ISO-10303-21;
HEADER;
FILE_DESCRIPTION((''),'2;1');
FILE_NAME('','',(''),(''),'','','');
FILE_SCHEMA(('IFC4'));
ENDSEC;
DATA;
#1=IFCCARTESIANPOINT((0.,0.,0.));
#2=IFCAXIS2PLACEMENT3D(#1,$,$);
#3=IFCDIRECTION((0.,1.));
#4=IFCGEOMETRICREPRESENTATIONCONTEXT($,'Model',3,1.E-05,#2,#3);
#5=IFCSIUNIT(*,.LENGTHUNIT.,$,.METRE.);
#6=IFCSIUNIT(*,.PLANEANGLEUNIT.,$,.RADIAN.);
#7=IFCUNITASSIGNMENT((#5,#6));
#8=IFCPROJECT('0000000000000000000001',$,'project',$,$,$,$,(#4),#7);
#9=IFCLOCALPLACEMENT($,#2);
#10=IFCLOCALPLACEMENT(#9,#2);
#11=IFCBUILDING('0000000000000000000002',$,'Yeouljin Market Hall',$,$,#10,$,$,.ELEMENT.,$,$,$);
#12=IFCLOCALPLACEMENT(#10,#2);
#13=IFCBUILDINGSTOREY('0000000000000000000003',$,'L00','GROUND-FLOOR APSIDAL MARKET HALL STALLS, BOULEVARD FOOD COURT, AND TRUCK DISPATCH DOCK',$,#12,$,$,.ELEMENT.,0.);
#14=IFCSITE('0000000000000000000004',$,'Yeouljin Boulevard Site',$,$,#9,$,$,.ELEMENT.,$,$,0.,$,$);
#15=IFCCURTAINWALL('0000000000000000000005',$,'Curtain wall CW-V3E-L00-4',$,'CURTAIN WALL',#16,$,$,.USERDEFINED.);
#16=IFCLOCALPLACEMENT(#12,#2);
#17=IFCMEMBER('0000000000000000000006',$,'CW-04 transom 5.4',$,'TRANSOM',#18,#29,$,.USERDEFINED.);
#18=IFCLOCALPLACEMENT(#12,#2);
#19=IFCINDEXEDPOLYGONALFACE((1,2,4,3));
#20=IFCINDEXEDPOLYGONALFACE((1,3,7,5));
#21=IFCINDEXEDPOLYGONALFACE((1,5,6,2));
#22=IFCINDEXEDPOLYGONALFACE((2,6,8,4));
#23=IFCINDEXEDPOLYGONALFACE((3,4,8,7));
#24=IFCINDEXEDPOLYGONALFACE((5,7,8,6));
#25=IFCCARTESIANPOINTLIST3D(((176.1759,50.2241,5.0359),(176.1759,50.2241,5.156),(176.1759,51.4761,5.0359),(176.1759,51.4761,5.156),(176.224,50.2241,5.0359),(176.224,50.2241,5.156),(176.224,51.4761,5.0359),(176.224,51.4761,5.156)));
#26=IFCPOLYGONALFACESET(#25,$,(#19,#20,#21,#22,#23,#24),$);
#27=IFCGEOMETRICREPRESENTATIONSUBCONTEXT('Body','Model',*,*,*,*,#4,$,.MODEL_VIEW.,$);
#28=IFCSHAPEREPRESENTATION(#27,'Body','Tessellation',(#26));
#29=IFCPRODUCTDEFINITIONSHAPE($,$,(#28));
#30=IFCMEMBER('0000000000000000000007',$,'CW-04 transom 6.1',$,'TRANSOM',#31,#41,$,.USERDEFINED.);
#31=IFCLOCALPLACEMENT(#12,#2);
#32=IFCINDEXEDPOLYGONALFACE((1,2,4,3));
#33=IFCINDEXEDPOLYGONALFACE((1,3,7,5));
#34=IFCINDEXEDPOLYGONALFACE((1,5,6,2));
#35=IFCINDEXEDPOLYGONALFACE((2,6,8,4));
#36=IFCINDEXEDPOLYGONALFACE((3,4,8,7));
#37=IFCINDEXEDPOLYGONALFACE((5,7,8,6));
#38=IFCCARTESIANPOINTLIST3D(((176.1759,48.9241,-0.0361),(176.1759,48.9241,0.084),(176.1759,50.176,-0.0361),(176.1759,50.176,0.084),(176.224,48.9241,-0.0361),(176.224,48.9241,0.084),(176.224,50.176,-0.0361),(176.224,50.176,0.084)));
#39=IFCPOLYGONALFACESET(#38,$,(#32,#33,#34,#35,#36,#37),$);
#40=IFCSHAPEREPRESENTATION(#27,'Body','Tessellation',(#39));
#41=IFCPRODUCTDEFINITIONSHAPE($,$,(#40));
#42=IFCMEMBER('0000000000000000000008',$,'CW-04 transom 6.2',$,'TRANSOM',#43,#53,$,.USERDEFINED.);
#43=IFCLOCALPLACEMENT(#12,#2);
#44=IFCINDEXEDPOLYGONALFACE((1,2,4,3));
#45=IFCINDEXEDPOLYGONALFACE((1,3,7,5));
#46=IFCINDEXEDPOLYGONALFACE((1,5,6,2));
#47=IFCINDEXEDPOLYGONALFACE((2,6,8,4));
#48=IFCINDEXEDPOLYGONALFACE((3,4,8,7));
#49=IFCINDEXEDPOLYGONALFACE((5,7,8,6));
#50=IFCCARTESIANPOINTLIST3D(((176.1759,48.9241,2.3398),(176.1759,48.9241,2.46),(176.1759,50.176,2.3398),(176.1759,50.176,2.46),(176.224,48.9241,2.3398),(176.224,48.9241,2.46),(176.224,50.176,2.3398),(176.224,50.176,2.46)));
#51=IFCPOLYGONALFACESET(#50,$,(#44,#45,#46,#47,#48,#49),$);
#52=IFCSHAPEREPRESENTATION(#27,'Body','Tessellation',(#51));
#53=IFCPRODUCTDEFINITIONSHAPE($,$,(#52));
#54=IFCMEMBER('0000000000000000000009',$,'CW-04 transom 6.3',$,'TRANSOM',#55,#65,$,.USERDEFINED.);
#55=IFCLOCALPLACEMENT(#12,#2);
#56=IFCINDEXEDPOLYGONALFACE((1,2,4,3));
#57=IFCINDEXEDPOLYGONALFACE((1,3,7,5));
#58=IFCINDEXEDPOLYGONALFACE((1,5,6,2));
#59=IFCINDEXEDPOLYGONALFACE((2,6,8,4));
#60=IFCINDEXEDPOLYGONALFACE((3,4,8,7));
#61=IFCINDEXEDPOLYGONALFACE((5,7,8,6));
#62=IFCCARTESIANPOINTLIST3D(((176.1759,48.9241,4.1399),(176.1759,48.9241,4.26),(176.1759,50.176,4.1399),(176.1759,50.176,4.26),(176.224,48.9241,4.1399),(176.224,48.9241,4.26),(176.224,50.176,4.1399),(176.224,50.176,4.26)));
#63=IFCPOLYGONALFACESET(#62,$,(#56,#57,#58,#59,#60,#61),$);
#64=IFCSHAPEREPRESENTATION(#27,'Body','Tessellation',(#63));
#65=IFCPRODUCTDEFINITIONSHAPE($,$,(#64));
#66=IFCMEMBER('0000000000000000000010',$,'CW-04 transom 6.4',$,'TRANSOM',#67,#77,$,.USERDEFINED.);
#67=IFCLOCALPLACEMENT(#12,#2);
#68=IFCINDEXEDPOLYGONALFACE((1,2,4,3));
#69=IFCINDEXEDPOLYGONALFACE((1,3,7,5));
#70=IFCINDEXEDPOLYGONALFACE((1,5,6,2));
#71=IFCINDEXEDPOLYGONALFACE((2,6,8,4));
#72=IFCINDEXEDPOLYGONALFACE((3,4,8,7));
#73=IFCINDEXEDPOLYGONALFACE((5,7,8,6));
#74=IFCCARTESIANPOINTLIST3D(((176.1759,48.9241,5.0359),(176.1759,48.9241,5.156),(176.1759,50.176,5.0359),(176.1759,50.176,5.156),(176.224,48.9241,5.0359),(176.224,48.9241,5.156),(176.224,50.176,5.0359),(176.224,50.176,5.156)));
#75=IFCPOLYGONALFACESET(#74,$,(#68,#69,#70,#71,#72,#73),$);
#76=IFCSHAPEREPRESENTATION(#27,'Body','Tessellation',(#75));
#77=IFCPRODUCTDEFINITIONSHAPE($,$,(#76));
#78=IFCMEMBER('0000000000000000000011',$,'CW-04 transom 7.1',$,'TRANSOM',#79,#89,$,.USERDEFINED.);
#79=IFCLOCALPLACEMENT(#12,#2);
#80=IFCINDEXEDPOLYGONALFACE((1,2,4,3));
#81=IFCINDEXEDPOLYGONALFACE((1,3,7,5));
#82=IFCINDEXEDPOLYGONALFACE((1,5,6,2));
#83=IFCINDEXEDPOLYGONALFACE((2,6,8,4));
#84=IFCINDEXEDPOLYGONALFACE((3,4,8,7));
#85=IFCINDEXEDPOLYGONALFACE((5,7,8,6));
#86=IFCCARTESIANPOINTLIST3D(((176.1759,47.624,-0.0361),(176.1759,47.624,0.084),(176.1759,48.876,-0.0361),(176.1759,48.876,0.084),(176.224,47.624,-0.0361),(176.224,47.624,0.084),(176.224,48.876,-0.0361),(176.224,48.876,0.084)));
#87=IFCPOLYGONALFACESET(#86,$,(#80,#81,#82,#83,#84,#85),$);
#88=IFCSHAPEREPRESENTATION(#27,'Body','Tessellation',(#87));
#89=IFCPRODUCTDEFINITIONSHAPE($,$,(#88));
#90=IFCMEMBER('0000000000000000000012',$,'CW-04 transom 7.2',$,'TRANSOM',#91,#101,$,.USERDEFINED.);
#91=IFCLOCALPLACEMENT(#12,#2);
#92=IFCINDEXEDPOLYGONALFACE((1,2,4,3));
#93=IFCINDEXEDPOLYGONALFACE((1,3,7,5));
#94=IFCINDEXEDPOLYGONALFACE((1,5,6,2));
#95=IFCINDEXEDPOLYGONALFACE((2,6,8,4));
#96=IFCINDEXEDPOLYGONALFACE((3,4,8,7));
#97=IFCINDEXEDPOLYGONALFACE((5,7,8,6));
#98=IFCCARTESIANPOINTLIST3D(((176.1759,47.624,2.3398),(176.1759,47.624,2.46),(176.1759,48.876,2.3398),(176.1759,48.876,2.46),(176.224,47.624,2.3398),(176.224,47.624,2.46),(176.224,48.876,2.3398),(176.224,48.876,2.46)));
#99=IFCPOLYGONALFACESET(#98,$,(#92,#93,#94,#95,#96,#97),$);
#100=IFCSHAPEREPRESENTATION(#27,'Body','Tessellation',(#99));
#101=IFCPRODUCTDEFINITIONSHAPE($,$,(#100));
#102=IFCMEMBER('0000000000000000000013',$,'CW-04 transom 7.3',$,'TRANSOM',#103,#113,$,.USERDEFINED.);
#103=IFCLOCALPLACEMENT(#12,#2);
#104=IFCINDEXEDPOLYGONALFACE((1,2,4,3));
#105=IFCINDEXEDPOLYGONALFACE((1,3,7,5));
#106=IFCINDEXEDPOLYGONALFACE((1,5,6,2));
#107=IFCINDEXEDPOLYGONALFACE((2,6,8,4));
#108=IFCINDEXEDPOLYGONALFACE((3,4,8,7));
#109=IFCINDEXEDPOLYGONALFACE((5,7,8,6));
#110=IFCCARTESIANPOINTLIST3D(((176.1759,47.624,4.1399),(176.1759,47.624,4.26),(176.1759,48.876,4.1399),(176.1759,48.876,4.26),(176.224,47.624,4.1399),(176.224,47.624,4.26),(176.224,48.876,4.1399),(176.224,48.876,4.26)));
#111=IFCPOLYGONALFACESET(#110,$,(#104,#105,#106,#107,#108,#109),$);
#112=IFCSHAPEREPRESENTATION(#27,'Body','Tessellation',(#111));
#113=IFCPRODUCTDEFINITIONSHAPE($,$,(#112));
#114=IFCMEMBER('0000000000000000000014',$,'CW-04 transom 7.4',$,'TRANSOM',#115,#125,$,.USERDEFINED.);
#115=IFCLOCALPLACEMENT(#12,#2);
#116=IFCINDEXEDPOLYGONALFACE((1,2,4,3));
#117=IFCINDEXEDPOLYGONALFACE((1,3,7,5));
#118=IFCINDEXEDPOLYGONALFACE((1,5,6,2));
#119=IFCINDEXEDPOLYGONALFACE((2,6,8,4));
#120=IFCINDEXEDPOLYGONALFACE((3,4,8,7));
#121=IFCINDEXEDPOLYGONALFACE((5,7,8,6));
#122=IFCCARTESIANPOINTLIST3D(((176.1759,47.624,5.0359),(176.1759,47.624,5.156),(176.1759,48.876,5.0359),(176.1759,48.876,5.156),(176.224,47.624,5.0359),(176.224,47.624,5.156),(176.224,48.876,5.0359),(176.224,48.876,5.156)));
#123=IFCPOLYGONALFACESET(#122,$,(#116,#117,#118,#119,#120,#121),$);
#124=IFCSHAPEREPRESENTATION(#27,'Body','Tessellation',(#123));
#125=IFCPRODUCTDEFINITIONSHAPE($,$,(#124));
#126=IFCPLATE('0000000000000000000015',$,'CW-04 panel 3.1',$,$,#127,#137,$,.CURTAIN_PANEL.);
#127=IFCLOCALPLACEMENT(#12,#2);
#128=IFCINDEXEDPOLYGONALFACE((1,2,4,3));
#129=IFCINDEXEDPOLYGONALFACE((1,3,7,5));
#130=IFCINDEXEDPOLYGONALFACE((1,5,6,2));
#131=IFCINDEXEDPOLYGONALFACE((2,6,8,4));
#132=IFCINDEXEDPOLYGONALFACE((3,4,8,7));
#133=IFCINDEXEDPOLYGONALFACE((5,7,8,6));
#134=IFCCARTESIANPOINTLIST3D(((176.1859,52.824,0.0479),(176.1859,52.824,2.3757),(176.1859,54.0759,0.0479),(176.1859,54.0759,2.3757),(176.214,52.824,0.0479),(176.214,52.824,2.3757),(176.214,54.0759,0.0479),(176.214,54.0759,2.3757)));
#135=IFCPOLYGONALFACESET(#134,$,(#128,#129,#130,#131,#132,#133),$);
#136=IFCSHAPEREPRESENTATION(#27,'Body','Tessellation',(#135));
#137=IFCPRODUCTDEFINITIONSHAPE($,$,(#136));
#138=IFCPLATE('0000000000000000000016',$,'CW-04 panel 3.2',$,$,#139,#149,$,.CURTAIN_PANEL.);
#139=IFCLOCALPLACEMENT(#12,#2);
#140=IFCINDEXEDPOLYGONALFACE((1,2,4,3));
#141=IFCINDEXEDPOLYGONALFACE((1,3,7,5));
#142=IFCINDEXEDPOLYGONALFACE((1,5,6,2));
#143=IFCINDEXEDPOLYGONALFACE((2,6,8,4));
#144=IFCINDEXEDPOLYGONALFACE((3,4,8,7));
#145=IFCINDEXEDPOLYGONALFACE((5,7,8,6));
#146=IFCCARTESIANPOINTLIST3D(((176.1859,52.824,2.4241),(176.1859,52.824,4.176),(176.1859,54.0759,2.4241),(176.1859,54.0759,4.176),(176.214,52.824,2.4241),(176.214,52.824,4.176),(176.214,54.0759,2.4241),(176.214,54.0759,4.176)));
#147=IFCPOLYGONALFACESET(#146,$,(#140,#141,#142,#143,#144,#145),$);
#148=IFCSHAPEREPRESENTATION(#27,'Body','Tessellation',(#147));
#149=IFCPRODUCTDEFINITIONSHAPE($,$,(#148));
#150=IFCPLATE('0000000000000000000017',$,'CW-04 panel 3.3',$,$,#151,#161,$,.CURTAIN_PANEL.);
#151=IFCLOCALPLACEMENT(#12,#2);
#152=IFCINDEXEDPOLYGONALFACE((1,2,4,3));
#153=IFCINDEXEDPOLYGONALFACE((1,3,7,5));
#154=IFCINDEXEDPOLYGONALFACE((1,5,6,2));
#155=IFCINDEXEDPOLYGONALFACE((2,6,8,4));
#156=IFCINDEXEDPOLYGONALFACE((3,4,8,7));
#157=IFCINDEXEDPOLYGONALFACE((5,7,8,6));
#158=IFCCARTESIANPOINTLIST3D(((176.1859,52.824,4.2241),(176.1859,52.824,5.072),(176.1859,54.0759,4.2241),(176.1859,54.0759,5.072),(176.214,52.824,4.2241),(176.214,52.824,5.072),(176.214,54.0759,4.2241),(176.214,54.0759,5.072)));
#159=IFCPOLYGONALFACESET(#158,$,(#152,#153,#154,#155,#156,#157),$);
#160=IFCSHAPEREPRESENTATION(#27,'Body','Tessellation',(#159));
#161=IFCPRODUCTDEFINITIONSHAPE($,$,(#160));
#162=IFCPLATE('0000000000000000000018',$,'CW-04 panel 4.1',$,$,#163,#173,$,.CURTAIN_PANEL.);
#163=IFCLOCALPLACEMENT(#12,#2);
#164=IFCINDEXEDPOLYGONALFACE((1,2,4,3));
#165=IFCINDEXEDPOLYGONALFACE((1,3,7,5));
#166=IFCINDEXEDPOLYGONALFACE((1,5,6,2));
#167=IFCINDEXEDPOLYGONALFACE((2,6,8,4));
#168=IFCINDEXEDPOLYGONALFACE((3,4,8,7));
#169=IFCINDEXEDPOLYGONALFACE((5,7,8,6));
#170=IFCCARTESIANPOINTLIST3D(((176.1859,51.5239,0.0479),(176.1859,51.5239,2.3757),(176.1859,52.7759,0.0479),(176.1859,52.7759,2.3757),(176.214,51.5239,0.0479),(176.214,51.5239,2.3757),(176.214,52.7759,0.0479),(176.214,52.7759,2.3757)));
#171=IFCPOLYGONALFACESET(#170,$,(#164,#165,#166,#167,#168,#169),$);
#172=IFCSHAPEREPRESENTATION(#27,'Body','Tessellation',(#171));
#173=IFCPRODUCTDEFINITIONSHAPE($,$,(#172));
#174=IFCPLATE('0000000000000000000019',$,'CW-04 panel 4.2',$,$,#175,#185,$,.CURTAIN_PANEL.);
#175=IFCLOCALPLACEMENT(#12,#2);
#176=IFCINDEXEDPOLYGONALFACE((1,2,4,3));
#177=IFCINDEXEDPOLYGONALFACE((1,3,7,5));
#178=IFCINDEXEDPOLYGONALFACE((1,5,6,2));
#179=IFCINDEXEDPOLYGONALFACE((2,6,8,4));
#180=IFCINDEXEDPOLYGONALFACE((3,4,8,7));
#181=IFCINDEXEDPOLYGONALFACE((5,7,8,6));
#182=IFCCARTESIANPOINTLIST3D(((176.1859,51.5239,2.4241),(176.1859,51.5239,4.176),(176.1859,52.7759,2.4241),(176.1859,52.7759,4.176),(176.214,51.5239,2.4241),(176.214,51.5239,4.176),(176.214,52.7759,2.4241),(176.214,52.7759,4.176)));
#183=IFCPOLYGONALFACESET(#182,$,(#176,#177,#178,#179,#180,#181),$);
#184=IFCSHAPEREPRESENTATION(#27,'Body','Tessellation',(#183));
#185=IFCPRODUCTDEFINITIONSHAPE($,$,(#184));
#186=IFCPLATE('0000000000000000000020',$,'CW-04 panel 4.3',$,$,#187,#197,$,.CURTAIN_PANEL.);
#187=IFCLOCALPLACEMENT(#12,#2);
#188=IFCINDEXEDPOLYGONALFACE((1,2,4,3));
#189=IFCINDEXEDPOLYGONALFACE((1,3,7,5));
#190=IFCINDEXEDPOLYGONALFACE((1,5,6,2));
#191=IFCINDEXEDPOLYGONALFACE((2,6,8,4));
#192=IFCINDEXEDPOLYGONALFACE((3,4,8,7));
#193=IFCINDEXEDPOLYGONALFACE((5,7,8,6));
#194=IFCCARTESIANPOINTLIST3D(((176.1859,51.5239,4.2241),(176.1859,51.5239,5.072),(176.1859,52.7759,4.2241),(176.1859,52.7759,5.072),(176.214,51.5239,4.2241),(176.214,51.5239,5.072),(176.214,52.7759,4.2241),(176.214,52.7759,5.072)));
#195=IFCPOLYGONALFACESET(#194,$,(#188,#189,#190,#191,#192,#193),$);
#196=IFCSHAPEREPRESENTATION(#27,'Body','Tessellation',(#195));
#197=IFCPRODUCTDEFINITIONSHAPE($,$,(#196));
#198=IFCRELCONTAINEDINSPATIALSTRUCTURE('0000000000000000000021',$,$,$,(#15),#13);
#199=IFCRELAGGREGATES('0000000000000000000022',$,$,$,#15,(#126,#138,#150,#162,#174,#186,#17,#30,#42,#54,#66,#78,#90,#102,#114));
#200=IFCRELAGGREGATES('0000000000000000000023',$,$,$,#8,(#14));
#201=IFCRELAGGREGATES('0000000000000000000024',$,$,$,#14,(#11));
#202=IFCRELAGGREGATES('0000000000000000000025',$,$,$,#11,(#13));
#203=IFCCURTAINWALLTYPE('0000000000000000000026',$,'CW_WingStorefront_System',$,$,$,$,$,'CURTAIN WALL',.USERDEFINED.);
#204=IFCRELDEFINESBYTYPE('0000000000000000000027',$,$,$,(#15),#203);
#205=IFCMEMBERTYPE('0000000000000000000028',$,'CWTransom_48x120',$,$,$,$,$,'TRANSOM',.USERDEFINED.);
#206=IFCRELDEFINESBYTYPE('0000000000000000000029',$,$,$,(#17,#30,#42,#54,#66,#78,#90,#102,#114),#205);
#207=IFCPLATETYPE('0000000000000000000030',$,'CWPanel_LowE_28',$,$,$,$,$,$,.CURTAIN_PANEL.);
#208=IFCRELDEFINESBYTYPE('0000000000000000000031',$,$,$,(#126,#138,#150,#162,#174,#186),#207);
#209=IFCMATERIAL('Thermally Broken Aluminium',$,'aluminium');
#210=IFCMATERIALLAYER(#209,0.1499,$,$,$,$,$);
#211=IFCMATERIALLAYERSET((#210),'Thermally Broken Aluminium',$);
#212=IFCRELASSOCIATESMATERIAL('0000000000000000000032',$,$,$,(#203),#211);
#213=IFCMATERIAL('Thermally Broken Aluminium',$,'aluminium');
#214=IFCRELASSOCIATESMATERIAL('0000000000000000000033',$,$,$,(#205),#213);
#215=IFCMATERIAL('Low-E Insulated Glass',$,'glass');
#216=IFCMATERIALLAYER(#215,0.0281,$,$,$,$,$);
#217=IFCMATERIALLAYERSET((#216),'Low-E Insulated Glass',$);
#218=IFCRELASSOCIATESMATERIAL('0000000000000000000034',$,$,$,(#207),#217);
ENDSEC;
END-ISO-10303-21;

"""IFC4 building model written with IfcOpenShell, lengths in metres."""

from ifc_helpers import new_model, si_unit, direction, frame, origin, origin_2d, place, context, subcontext, project, spatial, rectangle, extrude, material, layer, layer_set, material_profile, profile_set, type_object, element, aggregate, save


model = new_model("IFC4")

# Units and contexts
model_context = context("Model", 3, precision=1e-05, world=origin(), true_north=direction((0.0, 1.0)))
body_context = subcontext(model_context, "Body", "Model", "MODEL_VIEW")
ifc_project = project(units=[si_unit("LENGTHUNIT", "METRE"), si_unit("PLANEANGLEUNIT", "RADIAN")], contexts=[model_context])

# Site, building, storey
site_placement = place(None, origin())
site = spatial("IfcSite", under=ifc_project, at=site_placement, Name="Yeouljin Boulevard Site", CompositionType="ELEMENT", RefElevation=0.0)
building_placement = place(site_placement, origin())
building = spatial("IfcBuilding", under=site, at=building_placement, Name="Yeouljin Market Hall", CompositionType="ELEMENT")
storey_placement = place(building_placement, origin())
storey = spatial("IfcBuildingStorey", under=building, at=storey_placement, Name="L00", Description="GROUND-FLOOR APSIDAL MARKET HALL STALLS, BOULEVARD FOOD COURT, AND TRUCK DISPATCH DOCK", CompositionType="ELEMENT", Elevation=0.0)

# Curtain wall, members, plates
ifc_material_1 = material(Name="Thermally Broken Aluminium", Category="aluminium")
ifc_layer_1 = layer(ifc_material_1, 0.1499)
ifc_layer_set_1 = layer_set([ifc_layer_1], Name="Thermally Broken Aluminium")
curtain_wall_type = type_object("IfcCurtainWallType", Name="CW_WingStorefront_System", ElementType="CURTAIN WALL", PredefinedType="USERDEFINED", material=ifc_layer_set_1)
curtain_wall_placement = place(storey_placement, origin())
curtain_wall = element("IfcCurtainWall", 1, at=curtain_wall_placement, inside=storey, type_object=curtain_wall_type, Name="Curtain wall CW-V3E-L00-4", ObjectType="CURTAIN WALL", PredefinedType="USERDEFINED")
ifc_material_2 = material(Name="Thermally Broken Aluminium", Category="aluminium")
ifc_material_profile_1 = material_profile(ifc_material_2, rectangle(XDim=0.0481, YDim=0.1201, at=origin_2d()), Name="CW-TRAN-48x120")
ifc_profile_set_1 = profile_set([ifc_material_profile_1], Name="Thermally Broken Aluminium")
member_type_1 = type_object("IfcMemberType", Name="CWTransom_48x120", ElementType="TRANSOM", PredefinedType="USERDEFINED", material=ifc_profile_set_1)
member_1_placement = place(storey_placement, frame((176.2, 51.4761, 5.0959), z_axis=(0.0, -1.0, 0.0), x_axis=(1.0, 0.0, 0.0)))
member_1 = element("IfcMember", 2, at=member_1_placement, type_object=member_type_1, Name="CW-04 transom 5.4", ObjectType="TRANSOM", PredefinedType="USERDEFINED", context=body_context, shape_type="SweptSolid", body=[
    extrude(rectangle(XDim=0.0481, YDim=0.1201, at=origin_2d()), origin(), (0.0, 0.0, 1.0), 1.252),
])
member_2_placement = place(storey_placement, frame((176.2, 50.176, 0.0239), z_axis=(0.0, -1.0, 0.0), x_axis=(1.0, 0.0, 0.0)))
member_2 = element("IfcMember", 3, at=member_2_placement, type_object=member_type_1, Name="CW-04 transom 6.1", ObjectType="TRANSOM", PredefinedType="USERDEFINED", context=body_context, shape_type="SweptSolid", body=[
    extrude(rectangle(XDim=0.0481, YDim=0.1201, at=origin_2d()), origin(), (0.0, 0.0, 1.0), 1.252),
])
member_3_placement = place(storey_placement, frame((176.2, 50.176, 2.3999), z_axis=(0.0, -1.0, 0.0), x_axis=(1.0, 0.0, 0.0)))
member_3 = element("IfcMember", 4, at=member_3_placement, type_object=member_type_1, Name="CW-04 transom 6.2", ObjectType="TRANSOM", PredefinedType="USERDEFINED", context=body_context, shape_type="SweptSolid", body=[
    extrude(rectangle(XDim=0.0481, YDim=0.1201, at=origin_2d()), origin(), (0.0, 0.0, 1.0), 1.252),
])
member_4_placement = place(storey_placement, frame((176.2, 50.176, 4.2), z_axis=(0.0, -1.0, 0.0), x_axis=(1.0, 0.0, 0.0)))
member_4 = element("IfcMember", 5, at=member_4_placement, type_object=member_type_1, Name="CW-04 transom 6.3", ObjectType="TRANSOM", PredefinedType="USERDEFINED", context=body_context, shape_type="SweptSolid", body=[
    extrude(rectangle(XDim=0.0481, YDim=0.1201, at=origin_2d()), origin(), (0.0, 0.0, 1.0), 1.252),
])
member_5_placement = place(storey_placement, frame((176.2, 50.176, 5.0959), z_axis=(0.0, -1.0, 0.0), x_axis=(1.0, 0.0, 0.0)))
member_5 = element("IfcMember", 6, at=member_5_placement, type_object=member_type_1, Name="CW-04 transom 6.4", ObjectType="TRANSOM", PredefinedType="USERDEFINED", context=body_context, shape_type="SweptSolid", body=[
    extrude(rectangle(XDim=0.0481, YDim=0.1201, at=origin_2d()), origin(), (0.0, 0.0, 1.0), 1.252),
])
member_6_placement = place(storey_placement, frame((176.2, 48.876, 0.0239), z_axis=(0.0, -1.0, 0.0), x_axis=(1.0, 0.0, 0.0)))
member_6 = element("IfcMember", 7, at=member_6_placement, type_object=member_type_1, Name="CW-04 transom 7.1", ObjectType="TRANSOM", PredefinedType="USERDEFINED", context=body_context, shape_type="SweptSolid", body=[
    extrude(rectangle(XDim=0.0481, YDim=0.1201, at=origin_2d()), origin(), (0.0, 0.0, 1.0), 1.252),
])
member_7_placement = place(storey_placement, frame((176.2, 48.876, 2.3999), z_axis=(0.0, -1.0, 0.0), x_axis=(1.0, 0.0, 0.0)))
member_7 = element("IfcMember", 8, at=member_7_placement, type_object=member_type_1, Name="CW-04 transom 7.2", ObjectType="TRANSOM", PredefinedType="USERDEFINED", context=body_context, shape_type="SweptSolid", body=[
    extrude(rectangle(XDim=0.0481, YDim=0.1201, at=origin_2d()), origin(), (0.0, 0.0, 1.0), 1.252),
])
member_8_placement = place(storey_placement, frame((176.2, 48.876, 4.2), z_axis=(0.0, -1.0, 0.0), x_axis=(1.0, 0.0, 0.0)))
member_8 = element("IfcMember", 9, at=member_8_placement, type_object=member_type_1, Name="CW-04 transom 7.3", ObjectType="TRANSOM", PredefinedType="USERDEFINED", context=body_context, shape_type="SweptSolid", body=[
    extrude(rectangle(XDim=0.0481, YDim=0.1201, at=origin_2d()), origin(), (0.0, 0.0, 1.0), 1.252),
])
member_9_placement = place(storey_placement, frame((176.2, 48.876, 5.0959), z_axis=(0.0, -1.0, 0.0), x_axis=(1.0, 0.0, 0.0)))
member_9 = element("IfcMember", 10, at=member_9_placement, type_object=member_type_1, Name="CW-04 transom 7.4", ObjectType="TRANSOM", PredefinedType="USERDEFINED", context=body_context, shape_type="SweptSolid", body=[
    extrude(rectangle(XDim=0.0481, YDim=0.1201, at=origin_2d()), origin(), (0.0, 0.0, 1.0), 1.252),
])
ifc_material_3 = material(Name="Low-E Insulated Glass", Category="glass")
ifc_layer_2 = layer(ifc_material_3, 0.0281)
ifc_layer_set_2 = layer_set([ifc_layer_2], Name="Low-E Insulated Glass")
plate_type = type_object("IfcPlateType", Name="CWPanel_LowE_28", PredefinedType="CURTAIN_PANEL", material=ifc_layer_set_2)
plate_1_placement = place(storey_placement, frame((176.2, 53.45, 0.0479), z_axis=(0.0, 0.0, 1.0), x_axis=(0.0, -1.0, 0.0)))
plate_1 = element("IfcPlate", 11, at=plate_1_placement, type_object=plate_type, Name="CW-04 panel 3.1", PredefinedType="CURTAIN_PANEL", context=body_context, shape_type="SweptSolid", body=[
    extrude(rectangle(XDim=1.252, YDim=0.0281, at=origin_2d()), origin(), (0.0, 0.0, 1.0), 2.3279),
])
plate_2_placement = place(storey_placement, frame((176.2, 53.45, 2.4241), z_axis=(0.0, 0.0, 1.0), x_axis=(0.0, -1.0, 0.0)))
plate_2 = element("IfcPlate", 12, at=plate_2_placement, type_object=plate_type, Name="CW-04 panel 3.2", PredefinedType="CURTAIN_PANEL", context=body_context, shape_type="SweptSolid", body=[
    extrude(rectangle(XDim=1.252, YDim=0.0281, at=origin_2d()), origin(), (0.0, 0.0, 1.0), 1.752),
])
plate_3_placement = place(storey_placement, frame((176.2, 53.45, 4.2241), z_axis=(0.0, 0.0, 1.0), x_axis=(0.0, -1.0, 0.0)))
plate_3 = element("IfcPlate", 13, at=plate_3_placement, type_object=plate_type, Name="CW-04 panel 3.3", PredefinedType="CURTAIN_PANEL", context=body_context, shape_type="SweptSolid", body=[
    extrude(rectangle(XDim=1.252, YDim=0.0281, at=origin_2d()), origin(), (0.0, 0.0, 1.0), 0.8479),
])
plate_4_placement = place(storey_placement, frame((176.2, 52.1499, 0.0479), z_axis=(0.0, 0.0, 1.0), x_axis=(0.0, -1.0, 0.0)))
plate_4 = element("IfcPlate", 14, at=plate_4_placement, type_object=plate_type, Name="CW-04 panel 4.1", PredefinedType="CURTAIN_PANEL", context=body_context, shape_type="SweptSolid", body=[
    extrude(rectangle(XDim=1.252, YDim=0.0281, at=origin_2d()), origin(), (0.0, 0.0, 1.0), 2.3279),
])
plate_5_placement = place(storey_placement, frame((176.2, 52.1499, 2.4241), z_axis=(0.0, 0.0, 1.0), x_axis=(0.0, -1.0, 0.0)))
plate_5 = element("IfcPlate", 15, at=plate_5_placement, type_object=plate_type, Name="CW-04 panel 4.2", PredefinedType="CURTAIN_PANEL", context=body_context, shape_type="SweptSolid", body=[
    extrude(rectangle(XDim=1.252, YDim=0.0281, at=origin_2d()), origin(), (0.0, 0.0, 1.0), 1.752),
])
plate_6_placement = place(storey_placement, frame((176.2, 52.1499, 4.2241), z_axis=(0.0, 0.0, 1.0), x_axis=(0.0, -1.0, 0.0)))
plate_6 = element("IfcPlate", 16, at=plate_6_placement, type_object=plate_type, Name="CW-04 panel 4.3", PredefinedType="CURTAIN_PANEL", context=body_context, shape_type="SweptSolid", body=[
    extrude(rectangle(XDim=1.252, YDim=0.0281, at=origin_2d()), origin(), (0.0, 0.0, 1.0), 0.8479),
])
aggregate(curtain_wall, [plate_1, plate_2, plate_3, plate_4, plate_5, plate_6, member_1, member_2, member_3, member_4, member_5, member_6, member_7, member_8, member_9])

save(model, "model.ifc")
